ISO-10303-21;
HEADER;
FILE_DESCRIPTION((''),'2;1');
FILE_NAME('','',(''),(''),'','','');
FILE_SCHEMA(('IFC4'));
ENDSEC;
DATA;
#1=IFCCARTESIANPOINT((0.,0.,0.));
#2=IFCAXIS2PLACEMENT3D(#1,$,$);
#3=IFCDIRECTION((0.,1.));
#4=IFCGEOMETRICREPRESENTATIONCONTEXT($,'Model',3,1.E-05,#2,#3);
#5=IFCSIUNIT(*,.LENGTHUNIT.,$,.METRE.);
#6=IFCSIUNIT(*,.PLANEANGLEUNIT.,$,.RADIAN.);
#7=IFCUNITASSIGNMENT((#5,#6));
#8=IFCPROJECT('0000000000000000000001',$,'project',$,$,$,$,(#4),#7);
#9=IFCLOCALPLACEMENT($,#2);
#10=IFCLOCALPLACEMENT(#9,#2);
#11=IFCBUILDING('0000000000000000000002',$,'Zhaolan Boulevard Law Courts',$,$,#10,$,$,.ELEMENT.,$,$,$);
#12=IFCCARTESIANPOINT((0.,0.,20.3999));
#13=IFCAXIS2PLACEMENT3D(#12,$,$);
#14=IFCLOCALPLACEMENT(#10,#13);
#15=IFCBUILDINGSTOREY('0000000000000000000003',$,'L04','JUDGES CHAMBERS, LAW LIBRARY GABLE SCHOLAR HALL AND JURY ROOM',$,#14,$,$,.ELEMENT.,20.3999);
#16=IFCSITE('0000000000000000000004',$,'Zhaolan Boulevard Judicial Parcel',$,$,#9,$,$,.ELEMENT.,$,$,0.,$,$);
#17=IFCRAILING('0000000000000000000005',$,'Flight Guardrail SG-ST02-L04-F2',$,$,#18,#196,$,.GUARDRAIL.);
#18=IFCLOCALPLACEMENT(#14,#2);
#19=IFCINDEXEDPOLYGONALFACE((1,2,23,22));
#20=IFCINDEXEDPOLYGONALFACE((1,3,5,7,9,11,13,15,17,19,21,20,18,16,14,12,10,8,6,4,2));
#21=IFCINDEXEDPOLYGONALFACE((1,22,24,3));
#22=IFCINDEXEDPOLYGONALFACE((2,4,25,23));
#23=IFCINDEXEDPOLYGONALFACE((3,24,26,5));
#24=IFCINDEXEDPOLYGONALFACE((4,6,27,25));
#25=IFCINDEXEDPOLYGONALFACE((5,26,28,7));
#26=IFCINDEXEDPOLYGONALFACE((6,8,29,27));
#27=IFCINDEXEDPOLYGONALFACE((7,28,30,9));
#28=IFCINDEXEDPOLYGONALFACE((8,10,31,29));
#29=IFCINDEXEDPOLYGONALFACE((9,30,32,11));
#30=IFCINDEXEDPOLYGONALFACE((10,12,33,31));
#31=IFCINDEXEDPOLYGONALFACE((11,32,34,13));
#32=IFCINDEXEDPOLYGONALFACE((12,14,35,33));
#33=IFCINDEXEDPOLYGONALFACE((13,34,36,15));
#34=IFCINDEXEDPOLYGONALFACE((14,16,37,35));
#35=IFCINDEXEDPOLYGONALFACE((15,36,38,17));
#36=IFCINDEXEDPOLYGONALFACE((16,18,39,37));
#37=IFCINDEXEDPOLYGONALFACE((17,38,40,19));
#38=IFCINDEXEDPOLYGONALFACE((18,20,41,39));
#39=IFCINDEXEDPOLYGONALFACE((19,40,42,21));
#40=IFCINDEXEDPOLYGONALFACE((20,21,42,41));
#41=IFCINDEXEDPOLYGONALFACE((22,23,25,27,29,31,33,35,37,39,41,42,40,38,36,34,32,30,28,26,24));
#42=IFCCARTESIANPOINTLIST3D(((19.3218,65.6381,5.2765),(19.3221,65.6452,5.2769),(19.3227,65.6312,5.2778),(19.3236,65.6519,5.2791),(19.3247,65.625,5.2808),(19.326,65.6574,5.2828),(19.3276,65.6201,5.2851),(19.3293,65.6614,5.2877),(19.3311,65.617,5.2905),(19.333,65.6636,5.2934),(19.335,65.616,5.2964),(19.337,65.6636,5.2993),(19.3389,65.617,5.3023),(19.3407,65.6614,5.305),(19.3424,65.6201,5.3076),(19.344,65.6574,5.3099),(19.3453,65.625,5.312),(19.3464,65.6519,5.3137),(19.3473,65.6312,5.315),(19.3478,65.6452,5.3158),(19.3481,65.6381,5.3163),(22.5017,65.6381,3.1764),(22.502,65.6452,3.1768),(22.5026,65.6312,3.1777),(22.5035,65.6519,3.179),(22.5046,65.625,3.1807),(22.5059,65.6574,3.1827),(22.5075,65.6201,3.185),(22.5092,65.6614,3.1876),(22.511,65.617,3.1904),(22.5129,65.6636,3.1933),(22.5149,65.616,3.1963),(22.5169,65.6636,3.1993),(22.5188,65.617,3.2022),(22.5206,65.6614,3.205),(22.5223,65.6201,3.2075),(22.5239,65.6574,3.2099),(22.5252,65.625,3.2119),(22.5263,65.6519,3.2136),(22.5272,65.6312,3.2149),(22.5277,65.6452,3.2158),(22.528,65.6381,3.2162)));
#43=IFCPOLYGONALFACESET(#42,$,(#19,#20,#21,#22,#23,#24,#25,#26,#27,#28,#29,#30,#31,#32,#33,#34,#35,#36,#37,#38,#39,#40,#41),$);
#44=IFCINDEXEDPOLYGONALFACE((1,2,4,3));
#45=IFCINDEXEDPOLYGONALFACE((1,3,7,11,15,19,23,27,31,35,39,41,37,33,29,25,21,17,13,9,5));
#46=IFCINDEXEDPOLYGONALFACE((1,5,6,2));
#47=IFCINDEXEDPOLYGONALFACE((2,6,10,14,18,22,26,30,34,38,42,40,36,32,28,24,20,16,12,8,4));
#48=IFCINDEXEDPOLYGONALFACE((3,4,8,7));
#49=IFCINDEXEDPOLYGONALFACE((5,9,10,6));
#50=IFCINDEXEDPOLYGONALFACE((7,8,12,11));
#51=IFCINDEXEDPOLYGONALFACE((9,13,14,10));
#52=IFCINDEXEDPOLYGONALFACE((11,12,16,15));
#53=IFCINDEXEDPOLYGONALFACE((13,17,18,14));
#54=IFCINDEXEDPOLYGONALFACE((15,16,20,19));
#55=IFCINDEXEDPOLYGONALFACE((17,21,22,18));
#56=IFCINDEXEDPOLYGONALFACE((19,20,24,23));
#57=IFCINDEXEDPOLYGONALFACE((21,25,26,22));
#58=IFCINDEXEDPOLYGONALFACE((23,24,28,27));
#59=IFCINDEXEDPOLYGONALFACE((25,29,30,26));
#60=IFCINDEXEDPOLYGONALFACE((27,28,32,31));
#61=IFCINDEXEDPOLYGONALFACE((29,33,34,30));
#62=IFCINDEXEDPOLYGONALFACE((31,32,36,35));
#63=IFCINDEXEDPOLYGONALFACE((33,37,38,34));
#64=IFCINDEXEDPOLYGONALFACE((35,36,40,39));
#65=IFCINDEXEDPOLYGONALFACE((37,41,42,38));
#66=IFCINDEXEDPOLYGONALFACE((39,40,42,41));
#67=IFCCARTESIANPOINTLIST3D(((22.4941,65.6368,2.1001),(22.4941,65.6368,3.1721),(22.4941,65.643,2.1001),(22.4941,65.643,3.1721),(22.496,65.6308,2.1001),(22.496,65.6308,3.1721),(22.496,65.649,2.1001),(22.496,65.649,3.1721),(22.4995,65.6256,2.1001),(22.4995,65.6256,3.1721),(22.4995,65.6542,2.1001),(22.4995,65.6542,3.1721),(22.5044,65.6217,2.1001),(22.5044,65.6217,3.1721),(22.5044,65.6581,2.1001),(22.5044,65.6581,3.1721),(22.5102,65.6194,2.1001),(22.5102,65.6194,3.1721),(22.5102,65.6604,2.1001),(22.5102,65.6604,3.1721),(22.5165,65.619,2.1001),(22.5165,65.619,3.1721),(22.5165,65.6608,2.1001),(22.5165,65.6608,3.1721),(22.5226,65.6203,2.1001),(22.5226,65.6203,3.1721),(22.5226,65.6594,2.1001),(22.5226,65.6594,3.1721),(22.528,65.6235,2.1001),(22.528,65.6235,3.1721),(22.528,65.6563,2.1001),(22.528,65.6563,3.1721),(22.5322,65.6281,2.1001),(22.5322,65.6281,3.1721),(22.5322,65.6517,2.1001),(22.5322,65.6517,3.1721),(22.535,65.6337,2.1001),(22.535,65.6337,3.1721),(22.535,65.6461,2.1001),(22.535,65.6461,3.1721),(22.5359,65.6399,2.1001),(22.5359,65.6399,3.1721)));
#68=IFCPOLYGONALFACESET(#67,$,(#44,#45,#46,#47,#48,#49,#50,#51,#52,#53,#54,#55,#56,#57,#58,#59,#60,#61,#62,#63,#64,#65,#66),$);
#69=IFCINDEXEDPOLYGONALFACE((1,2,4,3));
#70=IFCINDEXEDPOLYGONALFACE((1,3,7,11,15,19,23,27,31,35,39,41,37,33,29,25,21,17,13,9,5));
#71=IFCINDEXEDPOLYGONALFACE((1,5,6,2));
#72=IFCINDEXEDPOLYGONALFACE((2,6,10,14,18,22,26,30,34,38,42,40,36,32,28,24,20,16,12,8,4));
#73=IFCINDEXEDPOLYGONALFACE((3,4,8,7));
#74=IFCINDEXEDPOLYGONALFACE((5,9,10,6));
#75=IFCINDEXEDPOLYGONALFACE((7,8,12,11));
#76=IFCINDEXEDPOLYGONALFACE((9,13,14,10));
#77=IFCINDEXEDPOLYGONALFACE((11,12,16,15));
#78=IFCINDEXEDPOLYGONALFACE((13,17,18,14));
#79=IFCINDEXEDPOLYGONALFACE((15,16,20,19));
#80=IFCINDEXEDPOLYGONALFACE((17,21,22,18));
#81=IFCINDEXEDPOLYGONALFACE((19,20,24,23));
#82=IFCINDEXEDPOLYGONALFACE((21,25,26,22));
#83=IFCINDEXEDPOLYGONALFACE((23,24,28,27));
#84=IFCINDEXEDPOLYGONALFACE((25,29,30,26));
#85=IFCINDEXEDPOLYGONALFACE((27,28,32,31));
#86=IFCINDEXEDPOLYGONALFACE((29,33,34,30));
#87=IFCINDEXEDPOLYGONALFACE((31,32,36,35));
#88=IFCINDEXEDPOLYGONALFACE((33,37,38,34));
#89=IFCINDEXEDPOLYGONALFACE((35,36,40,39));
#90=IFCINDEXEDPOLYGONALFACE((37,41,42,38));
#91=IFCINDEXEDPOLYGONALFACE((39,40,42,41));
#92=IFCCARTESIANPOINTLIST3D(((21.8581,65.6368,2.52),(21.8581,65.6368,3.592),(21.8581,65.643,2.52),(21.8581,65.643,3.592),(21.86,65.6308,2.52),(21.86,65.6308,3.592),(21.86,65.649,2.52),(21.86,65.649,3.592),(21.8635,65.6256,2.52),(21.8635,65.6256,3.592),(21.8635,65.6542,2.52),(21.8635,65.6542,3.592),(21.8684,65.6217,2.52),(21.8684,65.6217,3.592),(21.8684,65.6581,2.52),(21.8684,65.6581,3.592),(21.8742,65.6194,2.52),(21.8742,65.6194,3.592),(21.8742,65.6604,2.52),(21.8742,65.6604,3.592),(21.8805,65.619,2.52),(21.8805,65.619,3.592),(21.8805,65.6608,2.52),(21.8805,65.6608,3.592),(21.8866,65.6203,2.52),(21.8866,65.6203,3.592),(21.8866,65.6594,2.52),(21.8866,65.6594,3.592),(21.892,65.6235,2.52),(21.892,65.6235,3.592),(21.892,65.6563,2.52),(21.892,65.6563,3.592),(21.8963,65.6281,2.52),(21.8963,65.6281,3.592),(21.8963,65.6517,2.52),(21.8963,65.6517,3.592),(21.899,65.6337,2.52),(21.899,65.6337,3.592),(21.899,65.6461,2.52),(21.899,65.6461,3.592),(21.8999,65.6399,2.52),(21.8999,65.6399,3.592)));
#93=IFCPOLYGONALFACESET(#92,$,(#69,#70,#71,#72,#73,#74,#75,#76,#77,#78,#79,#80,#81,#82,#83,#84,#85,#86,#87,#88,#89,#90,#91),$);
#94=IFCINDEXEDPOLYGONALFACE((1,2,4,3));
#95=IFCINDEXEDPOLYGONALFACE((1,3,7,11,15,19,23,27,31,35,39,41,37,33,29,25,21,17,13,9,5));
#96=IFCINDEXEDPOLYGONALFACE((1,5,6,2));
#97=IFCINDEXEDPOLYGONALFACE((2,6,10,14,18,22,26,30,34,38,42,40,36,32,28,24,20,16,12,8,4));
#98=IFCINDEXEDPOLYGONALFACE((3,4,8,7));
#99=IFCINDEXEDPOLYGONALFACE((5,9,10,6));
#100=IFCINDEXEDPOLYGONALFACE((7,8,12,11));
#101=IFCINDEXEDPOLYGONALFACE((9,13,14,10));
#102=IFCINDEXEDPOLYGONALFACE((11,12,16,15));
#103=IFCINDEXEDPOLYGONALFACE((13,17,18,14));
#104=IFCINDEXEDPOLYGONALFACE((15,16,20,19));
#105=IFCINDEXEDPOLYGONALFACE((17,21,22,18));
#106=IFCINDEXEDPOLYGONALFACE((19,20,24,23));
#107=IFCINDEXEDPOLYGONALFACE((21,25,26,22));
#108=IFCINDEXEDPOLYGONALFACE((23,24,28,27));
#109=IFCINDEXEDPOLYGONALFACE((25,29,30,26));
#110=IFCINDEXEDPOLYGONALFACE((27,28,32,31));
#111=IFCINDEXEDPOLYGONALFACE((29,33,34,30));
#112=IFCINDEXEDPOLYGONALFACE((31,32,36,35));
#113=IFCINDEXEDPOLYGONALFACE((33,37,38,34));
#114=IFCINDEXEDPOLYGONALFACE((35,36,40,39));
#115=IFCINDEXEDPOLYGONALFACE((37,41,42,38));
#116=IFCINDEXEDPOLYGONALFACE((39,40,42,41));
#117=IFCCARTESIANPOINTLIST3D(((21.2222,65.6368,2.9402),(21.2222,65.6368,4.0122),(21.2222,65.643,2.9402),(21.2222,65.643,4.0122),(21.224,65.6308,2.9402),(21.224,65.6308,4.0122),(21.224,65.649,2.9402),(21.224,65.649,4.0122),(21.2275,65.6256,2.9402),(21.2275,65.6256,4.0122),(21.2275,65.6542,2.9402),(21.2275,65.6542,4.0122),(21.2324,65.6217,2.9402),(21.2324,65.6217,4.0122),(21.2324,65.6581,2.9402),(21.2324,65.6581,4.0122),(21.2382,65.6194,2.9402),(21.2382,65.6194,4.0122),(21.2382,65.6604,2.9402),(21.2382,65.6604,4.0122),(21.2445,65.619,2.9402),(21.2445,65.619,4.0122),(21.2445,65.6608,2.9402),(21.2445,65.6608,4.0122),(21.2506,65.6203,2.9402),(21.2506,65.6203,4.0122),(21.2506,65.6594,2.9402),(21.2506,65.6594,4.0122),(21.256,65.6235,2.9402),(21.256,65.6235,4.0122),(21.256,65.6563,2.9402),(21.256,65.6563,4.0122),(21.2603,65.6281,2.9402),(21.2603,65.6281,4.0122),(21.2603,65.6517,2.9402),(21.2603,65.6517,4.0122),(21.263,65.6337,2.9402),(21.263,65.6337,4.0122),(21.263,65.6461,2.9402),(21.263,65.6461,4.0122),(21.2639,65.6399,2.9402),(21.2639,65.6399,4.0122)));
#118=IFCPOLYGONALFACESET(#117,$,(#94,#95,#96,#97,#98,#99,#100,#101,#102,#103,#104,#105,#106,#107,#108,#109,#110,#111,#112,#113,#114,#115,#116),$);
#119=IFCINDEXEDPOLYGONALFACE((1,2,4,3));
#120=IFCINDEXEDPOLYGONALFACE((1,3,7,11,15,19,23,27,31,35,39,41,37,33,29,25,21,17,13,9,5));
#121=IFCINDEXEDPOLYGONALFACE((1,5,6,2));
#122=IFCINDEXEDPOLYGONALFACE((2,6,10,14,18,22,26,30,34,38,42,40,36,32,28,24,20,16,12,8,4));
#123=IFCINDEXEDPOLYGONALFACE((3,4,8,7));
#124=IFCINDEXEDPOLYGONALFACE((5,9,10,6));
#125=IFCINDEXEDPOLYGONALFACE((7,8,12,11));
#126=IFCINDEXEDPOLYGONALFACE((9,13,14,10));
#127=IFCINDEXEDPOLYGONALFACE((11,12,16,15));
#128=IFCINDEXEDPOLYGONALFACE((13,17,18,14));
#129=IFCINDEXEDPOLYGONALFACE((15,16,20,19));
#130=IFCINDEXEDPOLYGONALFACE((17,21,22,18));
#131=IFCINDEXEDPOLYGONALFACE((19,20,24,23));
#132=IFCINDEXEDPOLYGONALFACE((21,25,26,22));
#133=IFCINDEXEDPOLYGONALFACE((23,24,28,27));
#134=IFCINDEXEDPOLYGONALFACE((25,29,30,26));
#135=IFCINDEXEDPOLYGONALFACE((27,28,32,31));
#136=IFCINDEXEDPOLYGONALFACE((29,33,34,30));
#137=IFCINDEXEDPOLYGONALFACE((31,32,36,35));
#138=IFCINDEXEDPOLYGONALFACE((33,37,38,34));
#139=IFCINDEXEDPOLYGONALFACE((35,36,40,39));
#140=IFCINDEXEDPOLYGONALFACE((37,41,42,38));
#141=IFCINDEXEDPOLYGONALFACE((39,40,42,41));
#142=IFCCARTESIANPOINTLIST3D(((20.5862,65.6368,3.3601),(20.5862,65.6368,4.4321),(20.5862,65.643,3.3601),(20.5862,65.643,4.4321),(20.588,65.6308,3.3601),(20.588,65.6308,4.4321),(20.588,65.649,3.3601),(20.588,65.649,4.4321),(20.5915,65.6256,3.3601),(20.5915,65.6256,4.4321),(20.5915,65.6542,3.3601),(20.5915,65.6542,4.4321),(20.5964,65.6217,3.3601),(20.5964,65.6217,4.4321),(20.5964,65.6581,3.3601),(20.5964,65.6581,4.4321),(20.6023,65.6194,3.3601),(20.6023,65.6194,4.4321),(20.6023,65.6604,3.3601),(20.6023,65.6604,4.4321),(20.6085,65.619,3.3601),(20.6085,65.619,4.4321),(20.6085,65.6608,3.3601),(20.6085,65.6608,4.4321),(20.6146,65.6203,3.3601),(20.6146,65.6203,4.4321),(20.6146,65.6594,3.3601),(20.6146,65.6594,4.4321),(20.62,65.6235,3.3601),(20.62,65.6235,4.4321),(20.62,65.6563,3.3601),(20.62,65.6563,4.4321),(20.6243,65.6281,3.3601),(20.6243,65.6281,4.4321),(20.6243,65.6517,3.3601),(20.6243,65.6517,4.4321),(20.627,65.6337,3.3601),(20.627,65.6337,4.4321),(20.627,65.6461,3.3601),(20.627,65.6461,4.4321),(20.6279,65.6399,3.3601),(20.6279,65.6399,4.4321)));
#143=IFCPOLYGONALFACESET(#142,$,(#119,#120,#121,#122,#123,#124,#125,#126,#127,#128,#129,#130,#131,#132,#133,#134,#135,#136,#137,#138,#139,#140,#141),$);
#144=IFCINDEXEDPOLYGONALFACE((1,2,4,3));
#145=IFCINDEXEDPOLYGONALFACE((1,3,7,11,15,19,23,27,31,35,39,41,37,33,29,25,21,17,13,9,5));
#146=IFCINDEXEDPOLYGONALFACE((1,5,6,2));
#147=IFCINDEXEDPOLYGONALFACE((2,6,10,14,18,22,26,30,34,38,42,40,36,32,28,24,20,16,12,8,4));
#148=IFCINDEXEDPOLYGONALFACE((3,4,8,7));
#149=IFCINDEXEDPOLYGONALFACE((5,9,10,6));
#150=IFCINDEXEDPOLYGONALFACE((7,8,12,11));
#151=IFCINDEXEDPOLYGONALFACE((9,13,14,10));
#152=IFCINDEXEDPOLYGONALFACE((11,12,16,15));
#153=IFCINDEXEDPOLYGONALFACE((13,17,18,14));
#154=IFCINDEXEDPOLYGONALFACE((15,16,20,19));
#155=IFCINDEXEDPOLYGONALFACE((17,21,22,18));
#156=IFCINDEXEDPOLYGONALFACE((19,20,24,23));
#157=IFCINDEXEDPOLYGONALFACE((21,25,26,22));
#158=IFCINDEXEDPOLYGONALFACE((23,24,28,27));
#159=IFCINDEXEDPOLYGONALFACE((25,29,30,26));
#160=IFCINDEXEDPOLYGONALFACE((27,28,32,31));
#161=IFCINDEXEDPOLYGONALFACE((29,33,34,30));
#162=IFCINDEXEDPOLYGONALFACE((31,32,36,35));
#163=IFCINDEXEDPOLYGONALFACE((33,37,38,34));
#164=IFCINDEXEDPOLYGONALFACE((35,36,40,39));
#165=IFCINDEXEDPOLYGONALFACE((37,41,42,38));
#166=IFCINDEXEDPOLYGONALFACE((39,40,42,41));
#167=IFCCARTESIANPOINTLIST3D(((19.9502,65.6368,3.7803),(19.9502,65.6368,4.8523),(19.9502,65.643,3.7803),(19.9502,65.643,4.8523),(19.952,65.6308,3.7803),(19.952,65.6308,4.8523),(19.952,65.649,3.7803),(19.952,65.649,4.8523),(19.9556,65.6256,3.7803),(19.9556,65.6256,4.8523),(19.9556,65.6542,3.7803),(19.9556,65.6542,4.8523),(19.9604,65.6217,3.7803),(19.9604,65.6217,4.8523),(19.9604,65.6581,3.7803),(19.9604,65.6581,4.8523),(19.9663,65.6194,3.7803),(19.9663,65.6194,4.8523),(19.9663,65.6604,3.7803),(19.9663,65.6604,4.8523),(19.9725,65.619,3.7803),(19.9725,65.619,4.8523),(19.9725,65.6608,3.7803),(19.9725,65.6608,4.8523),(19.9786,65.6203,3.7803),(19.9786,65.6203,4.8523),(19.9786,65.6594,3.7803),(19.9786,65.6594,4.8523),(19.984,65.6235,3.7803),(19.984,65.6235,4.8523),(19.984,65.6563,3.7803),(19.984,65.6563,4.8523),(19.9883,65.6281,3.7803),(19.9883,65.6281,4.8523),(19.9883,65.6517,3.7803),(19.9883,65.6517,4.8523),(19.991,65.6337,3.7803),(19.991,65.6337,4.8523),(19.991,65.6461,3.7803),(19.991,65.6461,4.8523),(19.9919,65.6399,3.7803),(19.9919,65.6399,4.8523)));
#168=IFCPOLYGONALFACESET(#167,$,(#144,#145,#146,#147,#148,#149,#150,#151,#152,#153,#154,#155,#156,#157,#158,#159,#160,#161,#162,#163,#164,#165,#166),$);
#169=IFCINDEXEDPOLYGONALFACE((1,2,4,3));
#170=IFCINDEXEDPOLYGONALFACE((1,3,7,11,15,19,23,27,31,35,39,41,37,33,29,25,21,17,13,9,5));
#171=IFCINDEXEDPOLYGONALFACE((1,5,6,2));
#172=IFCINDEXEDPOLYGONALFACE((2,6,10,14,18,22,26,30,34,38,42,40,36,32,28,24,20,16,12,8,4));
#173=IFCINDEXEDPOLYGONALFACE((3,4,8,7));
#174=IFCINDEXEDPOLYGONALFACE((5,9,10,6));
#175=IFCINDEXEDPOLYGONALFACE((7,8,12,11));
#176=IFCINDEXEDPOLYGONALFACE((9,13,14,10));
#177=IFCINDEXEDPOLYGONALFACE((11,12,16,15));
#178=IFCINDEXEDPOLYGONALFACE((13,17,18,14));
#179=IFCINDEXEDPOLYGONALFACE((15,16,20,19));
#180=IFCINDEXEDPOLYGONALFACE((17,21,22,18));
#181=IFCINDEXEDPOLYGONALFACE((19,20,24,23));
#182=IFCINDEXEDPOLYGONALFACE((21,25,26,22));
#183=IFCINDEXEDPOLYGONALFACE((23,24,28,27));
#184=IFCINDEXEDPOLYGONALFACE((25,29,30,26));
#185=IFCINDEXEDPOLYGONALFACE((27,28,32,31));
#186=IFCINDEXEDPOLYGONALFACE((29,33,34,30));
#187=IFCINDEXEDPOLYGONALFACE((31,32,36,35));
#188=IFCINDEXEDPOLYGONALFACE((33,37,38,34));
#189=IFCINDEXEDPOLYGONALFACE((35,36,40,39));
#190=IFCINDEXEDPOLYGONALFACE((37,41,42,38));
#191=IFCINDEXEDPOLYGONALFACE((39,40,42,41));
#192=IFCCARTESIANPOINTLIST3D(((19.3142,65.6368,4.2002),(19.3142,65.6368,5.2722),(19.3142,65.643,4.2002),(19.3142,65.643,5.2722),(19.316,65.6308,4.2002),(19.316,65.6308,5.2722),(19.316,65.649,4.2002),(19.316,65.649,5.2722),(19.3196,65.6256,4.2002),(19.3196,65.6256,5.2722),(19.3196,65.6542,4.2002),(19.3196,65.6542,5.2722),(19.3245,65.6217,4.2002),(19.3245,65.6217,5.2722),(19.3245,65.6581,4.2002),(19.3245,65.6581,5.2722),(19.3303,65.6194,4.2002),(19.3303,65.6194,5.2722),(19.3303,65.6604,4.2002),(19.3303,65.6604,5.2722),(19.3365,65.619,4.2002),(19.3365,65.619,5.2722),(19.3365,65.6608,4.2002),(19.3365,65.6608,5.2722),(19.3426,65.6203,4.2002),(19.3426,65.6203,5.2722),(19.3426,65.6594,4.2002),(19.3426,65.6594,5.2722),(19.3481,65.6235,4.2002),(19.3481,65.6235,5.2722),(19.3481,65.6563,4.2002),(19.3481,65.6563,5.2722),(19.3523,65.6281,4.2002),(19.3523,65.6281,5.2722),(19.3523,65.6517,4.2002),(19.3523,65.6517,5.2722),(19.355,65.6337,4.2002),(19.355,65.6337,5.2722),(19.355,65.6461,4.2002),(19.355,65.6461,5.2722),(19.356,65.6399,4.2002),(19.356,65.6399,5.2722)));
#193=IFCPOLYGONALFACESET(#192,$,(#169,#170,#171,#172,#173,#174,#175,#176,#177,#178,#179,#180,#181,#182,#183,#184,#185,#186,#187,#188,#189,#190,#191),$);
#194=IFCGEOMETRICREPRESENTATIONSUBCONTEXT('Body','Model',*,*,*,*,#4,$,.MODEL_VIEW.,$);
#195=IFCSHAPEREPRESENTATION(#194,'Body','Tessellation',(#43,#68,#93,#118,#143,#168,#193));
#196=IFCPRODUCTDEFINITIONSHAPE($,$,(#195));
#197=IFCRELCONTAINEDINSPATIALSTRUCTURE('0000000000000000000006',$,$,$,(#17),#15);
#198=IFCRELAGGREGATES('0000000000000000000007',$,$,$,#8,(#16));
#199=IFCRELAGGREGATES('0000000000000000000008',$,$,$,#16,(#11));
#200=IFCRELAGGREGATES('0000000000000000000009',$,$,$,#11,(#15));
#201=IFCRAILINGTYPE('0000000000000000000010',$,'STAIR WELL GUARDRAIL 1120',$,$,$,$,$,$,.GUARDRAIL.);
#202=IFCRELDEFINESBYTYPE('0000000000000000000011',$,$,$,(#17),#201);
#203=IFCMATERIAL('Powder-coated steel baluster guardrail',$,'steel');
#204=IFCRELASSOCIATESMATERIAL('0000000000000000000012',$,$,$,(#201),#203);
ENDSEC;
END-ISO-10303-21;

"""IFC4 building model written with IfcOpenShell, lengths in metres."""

from ifc_helpers import new_model, si_unit, direction, frame, origin, origin_2d, place, context, subcontext, project, spatial, circle, extrude, material, type_object, element, save


model = new_model("IFC4")

# Units and contexts
model_context = context("Model", 3, precision=1e-05, world=origin(), true_north=direction((0.0, 1.0)))
body_context = subcontext(model_context, "Body", "Model", "MODEL_VIEW")
ifc_project = project(units=[si_unit("LENGTHUNIT", "METRE"), si_unit("PLANEANGLEUNIT", "RADIAN")], contexts=[model_context])

# Site, building, storey
site_placement = place(None, origin())
site = spatial("IfcSite", under=ifc_project, at=site_placement, Name="Zhaolan Boulevard Judicial Parcel", CompositionType="ELEMENT", RefElevation=0.0)
building_placement = place(site_placement, origin())
building = spatial("IfcBuilding", under=site, at=building_placement, Name="Zhaolan Boulevard Law Courts", CompositionType="ELEMENT")
storey_placement = place(building_placement, frame((0.0, 0.0, 20.3999)))
storey = spatial("IfcBuildingStorey", under=building, at=storey_placement, Name="L04", Description="JUDGES CHAMBERS, LAW LIBRARY GABLE SCHOLAR HALL AND JURY ROOM", CompositionType="ELEMENT", Elevation=20.3999)

# Railing
ifc_material_1 = material(Name="Powder-coated steel baluster guardrail", Category="steel")
railing_type_1 = type_object("IfcRailingType", Name="STAIR WELL GUARDRAIL 1120", PredefinedType="GUARDRAIL", material=ifc_material_1)
railing_1_placement = place(storey_placement, frame((22.5149, 65.6399, 2.1001)))
element("IfcRailing", 1, at=railing_1_placement, inside=storey, type_object=railing_type_1, Name="Flight Guardrail SG-ST02-L04-F2", PredefinedType="GUARDRAIL", context=body_context, shape_type="SweptSolid", body=[
    extrude(circle(Radius=0.0239, at=origin_2d()), frame((0.0, 0.0, 1.0962), z_axis=(-0.834447, 0.0, 0.551088), x_axis=(0.0, -1.0, 0.0)), (0.0, 0.0, 1.0), 3.8108),
    extrude(circle(Radius=0.021, at=origin_2d()), origin(), (0.0, 0.0, 1.0), 1.072),
    extrude(circle(Radius=0.021, at=origin_2d()), frame((-0.636, 0.0, 0.4199)), (0.0, 0.0, 1.0), 1.072),
    extrude(circle(Radius=0.021, at=origin_2d()), frame((-1.272, 0.0, 0.8401)), (0.0, 0.0, 1.0), 1.072),
    extrude(circle(Radius=0.021, at=origin_2d()), frame((-1.908, 0.0, 1.26)), (0.0, 0.0, 1.0), 1.072),
    extrude(circle(Radius=0.021, at=origin_2d()), frame((-2.5439, 0.0, 1.6802)), (0.0, 0.0, 1.0), 1.072),
    extrude(circle(Radius=0.021, at=origin_2d()), frame((-3.1799, 0.0, 2.1001)), (0.0, 0.0, 1.0), 1.072),
])

save(model, "model.ifc")
